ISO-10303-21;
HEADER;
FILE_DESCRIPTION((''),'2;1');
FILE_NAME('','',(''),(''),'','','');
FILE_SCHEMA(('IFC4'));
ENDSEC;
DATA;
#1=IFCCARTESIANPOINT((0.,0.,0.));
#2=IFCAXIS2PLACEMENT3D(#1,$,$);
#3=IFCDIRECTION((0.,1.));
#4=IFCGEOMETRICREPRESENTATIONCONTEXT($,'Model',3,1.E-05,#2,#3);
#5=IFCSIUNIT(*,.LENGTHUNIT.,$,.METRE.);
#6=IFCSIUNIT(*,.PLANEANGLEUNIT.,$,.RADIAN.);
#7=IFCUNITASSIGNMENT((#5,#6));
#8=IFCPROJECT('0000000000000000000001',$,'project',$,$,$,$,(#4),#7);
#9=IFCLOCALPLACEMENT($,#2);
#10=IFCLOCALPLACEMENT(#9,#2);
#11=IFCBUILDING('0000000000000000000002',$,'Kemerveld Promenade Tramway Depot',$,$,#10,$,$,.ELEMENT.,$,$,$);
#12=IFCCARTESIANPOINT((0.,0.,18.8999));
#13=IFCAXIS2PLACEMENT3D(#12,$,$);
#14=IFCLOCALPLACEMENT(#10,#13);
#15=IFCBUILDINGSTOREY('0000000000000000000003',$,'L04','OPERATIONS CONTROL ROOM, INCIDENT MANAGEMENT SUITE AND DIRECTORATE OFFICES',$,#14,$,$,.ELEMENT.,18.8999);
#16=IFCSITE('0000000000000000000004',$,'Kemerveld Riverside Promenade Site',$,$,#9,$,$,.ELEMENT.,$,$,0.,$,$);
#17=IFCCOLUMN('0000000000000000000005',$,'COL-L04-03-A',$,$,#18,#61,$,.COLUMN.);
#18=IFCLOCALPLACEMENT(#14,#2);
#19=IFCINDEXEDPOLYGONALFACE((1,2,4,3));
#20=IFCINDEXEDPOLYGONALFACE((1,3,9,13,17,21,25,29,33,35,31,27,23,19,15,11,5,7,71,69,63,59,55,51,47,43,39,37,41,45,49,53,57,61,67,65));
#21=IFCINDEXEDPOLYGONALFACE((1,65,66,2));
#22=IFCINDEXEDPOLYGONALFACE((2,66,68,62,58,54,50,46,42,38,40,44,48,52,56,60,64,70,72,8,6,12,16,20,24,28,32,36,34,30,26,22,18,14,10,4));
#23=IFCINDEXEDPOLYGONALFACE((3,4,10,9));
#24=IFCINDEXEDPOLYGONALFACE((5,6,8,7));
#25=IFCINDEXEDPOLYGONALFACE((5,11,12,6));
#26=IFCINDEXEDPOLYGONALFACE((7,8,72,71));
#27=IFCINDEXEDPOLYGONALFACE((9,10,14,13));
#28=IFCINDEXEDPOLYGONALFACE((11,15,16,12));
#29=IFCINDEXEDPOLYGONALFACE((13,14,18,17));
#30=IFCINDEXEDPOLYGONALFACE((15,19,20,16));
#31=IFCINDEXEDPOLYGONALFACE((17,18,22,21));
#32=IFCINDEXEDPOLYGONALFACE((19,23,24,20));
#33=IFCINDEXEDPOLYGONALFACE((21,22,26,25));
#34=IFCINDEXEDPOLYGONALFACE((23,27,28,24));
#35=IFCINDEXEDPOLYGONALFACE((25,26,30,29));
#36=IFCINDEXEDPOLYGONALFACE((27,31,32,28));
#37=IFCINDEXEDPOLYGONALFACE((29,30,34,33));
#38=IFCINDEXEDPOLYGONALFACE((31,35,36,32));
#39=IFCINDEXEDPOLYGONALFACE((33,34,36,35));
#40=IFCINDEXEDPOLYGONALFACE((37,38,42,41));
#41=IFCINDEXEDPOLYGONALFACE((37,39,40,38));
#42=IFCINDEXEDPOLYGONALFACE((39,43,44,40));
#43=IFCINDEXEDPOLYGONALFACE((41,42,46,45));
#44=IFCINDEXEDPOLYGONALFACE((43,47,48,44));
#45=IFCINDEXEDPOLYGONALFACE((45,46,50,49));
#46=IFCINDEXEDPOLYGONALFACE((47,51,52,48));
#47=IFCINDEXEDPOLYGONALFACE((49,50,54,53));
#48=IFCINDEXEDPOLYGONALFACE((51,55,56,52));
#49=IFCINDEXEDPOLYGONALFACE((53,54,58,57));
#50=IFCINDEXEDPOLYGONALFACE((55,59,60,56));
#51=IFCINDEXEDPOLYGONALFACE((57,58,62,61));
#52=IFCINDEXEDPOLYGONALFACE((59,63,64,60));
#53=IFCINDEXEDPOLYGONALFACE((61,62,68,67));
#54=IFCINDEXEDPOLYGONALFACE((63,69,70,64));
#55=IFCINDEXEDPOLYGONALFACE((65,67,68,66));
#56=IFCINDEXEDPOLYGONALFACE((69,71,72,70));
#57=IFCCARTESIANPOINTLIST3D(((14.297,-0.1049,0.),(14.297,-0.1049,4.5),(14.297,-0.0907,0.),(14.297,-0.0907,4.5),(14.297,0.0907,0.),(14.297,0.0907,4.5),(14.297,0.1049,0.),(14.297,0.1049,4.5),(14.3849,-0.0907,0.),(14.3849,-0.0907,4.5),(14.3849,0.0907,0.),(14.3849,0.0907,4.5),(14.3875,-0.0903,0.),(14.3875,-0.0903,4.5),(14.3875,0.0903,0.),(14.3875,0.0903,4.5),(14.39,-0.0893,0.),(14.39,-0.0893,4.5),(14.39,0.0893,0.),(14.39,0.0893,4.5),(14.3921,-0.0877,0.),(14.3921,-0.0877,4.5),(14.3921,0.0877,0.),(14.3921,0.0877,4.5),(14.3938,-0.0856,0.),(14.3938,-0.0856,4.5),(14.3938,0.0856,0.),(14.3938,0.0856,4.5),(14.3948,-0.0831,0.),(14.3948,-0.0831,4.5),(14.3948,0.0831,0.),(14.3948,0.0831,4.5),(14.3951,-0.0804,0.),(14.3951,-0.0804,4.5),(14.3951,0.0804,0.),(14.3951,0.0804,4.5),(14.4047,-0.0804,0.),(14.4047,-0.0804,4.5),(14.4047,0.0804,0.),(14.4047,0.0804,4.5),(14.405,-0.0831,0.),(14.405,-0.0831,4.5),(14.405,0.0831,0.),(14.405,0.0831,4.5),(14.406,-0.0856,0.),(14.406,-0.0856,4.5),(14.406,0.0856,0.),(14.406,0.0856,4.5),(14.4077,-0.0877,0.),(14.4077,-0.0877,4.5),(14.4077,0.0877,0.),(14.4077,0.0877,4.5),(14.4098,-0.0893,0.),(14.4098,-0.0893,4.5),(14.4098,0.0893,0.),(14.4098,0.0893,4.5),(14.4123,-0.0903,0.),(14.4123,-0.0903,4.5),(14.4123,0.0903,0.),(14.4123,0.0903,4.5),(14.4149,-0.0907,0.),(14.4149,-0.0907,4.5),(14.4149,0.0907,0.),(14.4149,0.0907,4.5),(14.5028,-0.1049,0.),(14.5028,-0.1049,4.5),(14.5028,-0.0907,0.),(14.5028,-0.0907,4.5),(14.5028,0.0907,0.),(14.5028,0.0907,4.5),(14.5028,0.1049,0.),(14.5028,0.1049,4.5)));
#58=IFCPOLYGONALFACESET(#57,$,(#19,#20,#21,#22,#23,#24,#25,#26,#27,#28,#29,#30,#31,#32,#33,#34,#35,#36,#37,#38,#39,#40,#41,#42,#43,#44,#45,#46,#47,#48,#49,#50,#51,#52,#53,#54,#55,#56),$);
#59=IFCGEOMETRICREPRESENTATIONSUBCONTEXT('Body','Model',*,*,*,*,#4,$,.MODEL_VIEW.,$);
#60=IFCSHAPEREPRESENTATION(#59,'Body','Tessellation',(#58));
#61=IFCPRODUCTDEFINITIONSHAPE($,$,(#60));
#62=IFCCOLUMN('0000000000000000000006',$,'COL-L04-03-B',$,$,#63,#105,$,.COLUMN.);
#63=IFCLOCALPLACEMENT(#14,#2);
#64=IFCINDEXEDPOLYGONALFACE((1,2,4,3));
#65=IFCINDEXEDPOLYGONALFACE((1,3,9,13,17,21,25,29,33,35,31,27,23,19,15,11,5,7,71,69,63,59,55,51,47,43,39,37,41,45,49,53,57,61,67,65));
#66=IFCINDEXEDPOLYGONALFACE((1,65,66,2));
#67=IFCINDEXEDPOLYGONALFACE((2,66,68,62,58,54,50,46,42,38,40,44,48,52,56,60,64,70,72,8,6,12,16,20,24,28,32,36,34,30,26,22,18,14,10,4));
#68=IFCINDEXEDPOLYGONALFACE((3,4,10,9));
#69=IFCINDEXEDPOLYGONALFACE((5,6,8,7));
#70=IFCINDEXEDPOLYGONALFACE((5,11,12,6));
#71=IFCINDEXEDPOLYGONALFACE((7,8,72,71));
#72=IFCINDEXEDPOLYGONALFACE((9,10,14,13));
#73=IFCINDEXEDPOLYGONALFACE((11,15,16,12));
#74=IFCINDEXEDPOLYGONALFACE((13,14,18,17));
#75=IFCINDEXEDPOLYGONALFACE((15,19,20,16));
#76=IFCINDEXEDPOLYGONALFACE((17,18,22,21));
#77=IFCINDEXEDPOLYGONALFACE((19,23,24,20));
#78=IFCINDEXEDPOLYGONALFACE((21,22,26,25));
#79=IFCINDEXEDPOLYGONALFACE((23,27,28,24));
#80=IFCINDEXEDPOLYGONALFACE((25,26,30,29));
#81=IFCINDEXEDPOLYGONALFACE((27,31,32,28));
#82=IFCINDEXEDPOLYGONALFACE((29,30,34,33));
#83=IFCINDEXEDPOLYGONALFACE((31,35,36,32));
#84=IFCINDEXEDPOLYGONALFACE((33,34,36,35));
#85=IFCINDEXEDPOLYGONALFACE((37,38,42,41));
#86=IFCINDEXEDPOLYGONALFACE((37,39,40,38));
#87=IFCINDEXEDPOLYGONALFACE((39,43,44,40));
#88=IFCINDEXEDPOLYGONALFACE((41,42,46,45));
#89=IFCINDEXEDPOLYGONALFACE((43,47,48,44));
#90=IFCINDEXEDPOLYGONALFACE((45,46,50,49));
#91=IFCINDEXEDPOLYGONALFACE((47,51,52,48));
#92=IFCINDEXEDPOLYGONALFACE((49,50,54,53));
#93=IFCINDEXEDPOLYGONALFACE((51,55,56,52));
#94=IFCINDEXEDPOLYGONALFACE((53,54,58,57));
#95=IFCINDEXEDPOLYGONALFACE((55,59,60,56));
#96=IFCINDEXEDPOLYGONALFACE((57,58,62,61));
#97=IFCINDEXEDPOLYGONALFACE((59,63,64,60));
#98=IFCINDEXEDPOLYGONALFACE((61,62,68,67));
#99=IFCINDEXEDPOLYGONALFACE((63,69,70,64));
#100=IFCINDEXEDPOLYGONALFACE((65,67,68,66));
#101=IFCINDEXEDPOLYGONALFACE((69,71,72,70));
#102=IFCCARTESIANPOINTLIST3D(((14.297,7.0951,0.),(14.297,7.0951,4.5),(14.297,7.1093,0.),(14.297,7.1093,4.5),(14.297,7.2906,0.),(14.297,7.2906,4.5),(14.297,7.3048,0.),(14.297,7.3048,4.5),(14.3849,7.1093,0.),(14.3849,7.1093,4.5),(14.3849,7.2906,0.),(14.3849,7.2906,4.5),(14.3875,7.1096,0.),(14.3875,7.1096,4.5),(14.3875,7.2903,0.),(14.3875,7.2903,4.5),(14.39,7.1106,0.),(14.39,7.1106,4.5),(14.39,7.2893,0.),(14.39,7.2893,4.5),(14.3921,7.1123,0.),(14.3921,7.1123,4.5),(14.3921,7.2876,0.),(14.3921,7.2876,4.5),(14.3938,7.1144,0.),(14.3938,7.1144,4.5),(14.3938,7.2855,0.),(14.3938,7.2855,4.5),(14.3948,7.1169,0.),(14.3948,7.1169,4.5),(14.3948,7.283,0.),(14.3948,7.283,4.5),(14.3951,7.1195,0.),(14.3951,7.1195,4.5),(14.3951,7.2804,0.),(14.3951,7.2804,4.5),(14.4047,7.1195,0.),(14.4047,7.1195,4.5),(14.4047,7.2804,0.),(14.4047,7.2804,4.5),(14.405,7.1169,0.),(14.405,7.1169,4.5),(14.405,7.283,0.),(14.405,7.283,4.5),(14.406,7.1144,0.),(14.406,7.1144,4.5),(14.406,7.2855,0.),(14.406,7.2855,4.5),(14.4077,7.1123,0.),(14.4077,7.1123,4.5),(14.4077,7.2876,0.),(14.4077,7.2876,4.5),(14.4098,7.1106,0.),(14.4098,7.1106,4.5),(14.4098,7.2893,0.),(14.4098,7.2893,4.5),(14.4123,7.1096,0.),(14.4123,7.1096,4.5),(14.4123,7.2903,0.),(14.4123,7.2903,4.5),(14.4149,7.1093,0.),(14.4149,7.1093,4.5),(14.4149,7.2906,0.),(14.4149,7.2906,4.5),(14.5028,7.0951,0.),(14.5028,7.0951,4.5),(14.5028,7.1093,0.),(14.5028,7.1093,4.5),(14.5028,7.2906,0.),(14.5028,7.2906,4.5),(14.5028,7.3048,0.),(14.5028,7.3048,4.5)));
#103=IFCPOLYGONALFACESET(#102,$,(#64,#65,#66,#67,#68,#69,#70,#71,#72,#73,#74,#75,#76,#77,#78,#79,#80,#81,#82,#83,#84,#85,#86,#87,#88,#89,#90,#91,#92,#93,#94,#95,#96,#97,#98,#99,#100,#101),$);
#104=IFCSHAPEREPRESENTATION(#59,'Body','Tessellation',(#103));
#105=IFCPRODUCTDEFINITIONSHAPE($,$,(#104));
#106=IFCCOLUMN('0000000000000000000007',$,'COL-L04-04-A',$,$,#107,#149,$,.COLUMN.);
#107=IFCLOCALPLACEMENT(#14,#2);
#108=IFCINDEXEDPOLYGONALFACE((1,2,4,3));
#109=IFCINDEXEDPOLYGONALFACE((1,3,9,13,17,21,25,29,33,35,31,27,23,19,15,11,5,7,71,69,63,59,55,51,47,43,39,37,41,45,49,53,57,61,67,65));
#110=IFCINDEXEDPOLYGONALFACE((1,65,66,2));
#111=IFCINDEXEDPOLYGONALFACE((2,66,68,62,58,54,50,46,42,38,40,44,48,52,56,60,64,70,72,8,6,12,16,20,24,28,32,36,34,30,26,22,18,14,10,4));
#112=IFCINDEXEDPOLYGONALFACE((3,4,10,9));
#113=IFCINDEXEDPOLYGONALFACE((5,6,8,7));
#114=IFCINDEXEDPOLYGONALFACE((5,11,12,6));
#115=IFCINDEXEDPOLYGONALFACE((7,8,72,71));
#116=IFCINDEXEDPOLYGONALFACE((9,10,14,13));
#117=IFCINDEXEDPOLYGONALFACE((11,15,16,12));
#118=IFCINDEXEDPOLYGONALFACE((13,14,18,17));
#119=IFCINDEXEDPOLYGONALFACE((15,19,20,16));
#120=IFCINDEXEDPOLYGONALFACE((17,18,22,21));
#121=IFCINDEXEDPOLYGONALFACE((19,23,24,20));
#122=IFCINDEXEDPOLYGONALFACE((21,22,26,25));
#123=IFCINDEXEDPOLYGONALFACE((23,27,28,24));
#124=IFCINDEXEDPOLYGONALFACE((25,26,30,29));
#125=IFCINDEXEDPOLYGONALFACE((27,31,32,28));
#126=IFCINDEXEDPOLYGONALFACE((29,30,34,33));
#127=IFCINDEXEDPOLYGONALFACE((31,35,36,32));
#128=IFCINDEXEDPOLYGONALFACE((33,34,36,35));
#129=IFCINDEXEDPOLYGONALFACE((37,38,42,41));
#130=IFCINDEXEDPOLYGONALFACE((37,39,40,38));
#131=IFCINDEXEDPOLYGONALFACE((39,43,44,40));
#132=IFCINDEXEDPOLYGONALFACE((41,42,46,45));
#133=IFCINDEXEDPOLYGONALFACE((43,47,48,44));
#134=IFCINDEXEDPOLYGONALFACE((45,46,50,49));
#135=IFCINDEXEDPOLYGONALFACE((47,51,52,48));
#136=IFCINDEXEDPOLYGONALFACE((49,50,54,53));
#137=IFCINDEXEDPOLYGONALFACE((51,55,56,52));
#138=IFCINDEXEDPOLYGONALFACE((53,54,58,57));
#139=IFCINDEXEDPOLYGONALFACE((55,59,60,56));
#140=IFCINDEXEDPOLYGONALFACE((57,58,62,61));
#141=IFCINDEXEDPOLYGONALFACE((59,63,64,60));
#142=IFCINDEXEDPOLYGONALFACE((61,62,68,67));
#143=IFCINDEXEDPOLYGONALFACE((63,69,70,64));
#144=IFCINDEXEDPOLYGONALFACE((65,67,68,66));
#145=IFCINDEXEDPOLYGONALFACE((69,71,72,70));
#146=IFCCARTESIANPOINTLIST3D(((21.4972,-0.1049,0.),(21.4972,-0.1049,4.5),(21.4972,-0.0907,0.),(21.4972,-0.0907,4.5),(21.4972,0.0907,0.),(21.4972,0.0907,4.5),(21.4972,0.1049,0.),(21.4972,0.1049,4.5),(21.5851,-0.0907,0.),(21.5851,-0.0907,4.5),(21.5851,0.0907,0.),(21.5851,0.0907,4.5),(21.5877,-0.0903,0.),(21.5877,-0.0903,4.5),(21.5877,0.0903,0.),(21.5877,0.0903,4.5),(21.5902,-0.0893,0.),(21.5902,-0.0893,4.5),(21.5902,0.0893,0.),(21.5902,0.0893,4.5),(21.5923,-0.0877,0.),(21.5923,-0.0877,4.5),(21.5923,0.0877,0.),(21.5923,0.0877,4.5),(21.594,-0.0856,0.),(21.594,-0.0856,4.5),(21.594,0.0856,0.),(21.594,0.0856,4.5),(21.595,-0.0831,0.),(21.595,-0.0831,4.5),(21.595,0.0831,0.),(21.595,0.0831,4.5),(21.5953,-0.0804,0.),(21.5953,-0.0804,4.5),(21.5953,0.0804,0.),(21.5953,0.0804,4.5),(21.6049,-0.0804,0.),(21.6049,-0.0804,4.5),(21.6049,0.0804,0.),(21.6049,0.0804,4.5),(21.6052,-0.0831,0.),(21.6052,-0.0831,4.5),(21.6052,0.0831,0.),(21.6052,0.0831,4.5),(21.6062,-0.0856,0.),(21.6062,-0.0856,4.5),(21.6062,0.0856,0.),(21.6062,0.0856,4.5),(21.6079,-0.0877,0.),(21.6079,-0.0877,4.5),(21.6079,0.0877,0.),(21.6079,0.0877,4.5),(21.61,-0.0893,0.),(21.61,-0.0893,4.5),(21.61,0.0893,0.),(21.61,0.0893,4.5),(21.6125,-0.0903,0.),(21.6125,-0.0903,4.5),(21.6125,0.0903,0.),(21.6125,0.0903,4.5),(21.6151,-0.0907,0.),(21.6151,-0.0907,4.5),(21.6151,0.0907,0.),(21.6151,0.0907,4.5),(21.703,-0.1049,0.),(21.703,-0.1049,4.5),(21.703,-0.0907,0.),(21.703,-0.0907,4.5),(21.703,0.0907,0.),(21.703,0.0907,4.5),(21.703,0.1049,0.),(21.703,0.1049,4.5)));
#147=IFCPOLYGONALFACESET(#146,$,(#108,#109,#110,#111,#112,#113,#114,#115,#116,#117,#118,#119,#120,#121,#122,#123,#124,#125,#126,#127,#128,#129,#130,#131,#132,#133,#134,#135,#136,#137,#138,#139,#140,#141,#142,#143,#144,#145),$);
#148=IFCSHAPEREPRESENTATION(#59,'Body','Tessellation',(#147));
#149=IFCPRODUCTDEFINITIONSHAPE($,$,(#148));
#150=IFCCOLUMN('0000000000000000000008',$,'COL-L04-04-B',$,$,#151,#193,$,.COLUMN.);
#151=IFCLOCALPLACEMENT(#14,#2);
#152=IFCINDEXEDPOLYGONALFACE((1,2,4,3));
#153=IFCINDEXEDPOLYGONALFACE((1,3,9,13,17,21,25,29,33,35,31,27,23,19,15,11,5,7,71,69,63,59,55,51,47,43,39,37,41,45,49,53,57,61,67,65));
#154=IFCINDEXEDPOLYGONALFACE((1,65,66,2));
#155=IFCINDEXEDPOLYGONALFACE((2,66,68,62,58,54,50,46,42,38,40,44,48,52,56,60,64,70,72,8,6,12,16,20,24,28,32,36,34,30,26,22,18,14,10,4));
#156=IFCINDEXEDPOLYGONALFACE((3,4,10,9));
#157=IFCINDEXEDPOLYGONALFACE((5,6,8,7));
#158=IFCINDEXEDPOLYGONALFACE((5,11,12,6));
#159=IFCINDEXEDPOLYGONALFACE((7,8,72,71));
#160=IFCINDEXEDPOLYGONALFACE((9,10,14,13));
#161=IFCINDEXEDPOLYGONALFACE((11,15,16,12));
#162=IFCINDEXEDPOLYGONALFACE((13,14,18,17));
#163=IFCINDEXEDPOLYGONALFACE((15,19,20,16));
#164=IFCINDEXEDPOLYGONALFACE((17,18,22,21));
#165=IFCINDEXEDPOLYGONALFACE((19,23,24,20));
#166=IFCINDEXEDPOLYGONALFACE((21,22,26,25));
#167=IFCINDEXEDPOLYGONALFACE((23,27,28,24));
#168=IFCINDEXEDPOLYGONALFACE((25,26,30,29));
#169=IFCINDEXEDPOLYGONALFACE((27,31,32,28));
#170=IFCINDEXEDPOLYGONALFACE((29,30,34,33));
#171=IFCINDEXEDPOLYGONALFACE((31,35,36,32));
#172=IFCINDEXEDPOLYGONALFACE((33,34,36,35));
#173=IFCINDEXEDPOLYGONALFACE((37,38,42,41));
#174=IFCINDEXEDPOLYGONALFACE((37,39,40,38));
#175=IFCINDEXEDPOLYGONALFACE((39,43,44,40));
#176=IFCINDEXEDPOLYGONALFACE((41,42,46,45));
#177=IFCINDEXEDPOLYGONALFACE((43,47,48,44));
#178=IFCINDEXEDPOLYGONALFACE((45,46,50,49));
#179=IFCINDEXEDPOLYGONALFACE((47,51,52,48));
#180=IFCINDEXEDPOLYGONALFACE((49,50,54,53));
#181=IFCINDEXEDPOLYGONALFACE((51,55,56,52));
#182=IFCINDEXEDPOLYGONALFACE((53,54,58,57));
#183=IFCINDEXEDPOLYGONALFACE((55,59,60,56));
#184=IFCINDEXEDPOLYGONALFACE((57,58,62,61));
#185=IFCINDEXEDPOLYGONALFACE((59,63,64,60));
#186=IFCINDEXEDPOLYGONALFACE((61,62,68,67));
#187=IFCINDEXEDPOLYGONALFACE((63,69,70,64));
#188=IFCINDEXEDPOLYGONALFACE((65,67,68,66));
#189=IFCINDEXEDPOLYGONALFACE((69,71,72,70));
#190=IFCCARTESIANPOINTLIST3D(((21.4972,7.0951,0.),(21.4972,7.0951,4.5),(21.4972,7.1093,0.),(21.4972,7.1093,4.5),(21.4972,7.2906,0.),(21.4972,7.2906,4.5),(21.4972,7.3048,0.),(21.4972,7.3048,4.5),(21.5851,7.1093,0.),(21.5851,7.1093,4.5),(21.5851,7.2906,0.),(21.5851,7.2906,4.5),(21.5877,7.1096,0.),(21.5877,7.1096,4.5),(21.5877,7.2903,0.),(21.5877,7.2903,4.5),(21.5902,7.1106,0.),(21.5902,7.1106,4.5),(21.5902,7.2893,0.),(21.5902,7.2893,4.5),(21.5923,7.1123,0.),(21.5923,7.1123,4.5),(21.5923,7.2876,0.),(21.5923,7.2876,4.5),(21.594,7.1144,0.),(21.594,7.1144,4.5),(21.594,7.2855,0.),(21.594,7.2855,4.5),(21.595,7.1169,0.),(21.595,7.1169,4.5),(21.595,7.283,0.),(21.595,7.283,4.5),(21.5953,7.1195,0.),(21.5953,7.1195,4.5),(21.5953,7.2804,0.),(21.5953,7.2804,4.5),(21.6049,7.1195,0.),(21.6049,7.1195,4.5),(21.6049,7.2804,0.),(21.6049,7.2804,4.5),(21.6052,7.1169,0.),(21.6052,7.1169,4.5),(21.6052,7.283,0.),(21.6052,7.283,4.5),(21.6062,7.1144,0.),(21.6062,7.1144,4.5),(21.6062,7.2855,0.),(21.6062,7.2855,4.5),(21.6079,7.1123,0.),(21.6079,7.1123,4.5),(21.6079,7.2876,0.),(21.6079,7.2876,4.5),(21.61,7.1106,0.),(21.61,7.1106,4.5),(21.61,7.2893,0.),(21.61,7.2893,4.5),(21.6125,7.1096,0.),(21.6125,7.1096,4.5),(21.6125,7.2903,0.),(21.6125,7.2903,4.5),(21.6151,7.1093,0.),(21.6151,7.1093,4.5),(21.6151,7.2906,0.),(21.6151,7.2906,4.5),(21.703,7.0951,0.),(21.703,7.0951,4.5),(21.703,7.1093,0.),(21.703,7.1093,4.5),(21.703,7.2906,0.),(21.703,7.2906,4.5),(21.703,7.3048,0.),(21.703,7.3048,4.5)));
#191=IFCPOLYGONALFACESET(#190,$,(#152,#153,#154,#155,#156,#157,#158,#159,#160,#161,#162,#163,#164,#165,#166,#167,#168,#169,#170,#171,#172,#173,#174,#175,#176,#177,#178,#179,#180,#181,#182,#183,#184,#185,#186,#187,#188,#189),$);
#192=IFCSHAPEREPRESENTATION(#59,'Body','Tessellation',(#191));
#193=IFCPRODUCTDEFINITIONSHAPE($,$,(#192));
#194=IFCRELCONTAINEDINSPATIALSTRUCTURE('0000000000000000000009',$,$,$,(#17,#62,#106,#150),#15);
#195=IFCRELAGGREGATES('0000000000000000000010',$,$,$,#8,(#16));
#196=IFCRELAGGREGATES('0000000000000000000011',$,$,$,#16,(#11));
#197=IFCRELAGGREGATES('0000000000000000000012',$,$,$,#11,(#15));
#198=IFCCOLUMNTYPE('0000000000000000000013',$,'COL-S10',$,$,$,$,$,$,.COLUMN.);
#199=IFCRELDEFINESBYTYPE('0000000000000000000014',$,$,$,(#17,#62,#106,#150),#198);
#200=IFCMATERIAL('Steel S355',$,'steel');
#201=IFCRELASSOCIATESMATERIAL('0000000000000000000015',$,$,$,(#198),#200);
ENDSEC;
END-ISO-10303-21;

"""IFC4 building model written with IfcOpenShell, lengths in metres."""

from ifc_helpers import new_model, si_unit, direction, frame, origin, origin_2d, place, context, subcontext, project, spatial, i_section, extrude, material, material_profile, profile_set, type_object, element, save


model = new_model("IFC4")

# Units and contexts
model_context = context("Model", 3, precision=1e-05, world=origin(), true_north=direction((0.0, 1.0)))
body_context = subcontext(model_context, "Body", "Model", "MODEL_VIEW")
ifc_project = project(units=[si_unit("LENGTHUNIT", "METRE"), si_unit("PLANEANGLEUNIT", "RADIAN")], contexts=[model_context])

# Site, building, storey
site_placement = place(None, origin())
site = spatial("IfcSite", under=ifc_project, at=site_placement, Name="Kemerveld Riverside Promenade Site", CompositionType="ELEMENT", RefElevation=0.0)
building_placement = place(site_placement, origin())
building = spatial("IfcBuilding", under=site, at=building_placement, Name="Kemerveld Promenade Tramway Depot", CompositionType="ELEMENT")
storey_placement = place(building_placement, frame((0.0, 0.0, 18.8999)))
storey = spatial("IfcBuildingStorey", under=building, at=storey_placement, Name="L04", Description="OPERATIONS CONTROL ROOM, INCIDENT MANAGEMENT SUITE AND DIRECTORATE OFFICES", CompositionType="ELEMENT", Elevation=18.8999)

# Columns
ifc_material_1 = material(Name="Steel S355", Category="steel")
ifc_material_profile_1 = material_profile(ifc_material_1, i_section(OverallWidth=0.2058, OverallDepth=0.2097, WebThickness=0.0095, FlangeThickness=0.0142, FilletRadius=0.0103, at=origin_2d()), Name="203x203x60 UC")
ifc_profile_set_1 = profile_set([ifc_material_profile_1], Name="Steel S355")
column_type = type_object("IfcColumnType", Name="COL-S10", PredefinedType="COLUMN", material=ifc_profile_set_1)
for number, where, z_axis, x_axis, name in (
    (1, (14.3999, 0.0, 0.0), (0.0, 0.0, 1.0), (1.0, 0.0, 0.0), "COL-L04-03-A"),
    (2, (14.3999, 7.2, 0.0), (0.0, 0.0, 1.0), (1.0, 0.0, 0.0), "COL-L04-03-B"),
    (3, (21.6001, 0.0, 0.0), (0.0, 0.0, 1.0), (1.0, 0.0, 0.0), "COL-L04-04-A"),
    (4, (21.6001, 7.2, 0.0), (0.0, 0.0, 1.0), (1.0, 0.0, 0.0), "COL-L04-04-B"),
):
    element("IfcColumn", number, at=place(storey_placement, frame(where, z_axis=z_axis, x_axis=x_axis)), inside=storey, type_object=column_type, Name=name, PredefinedType="COLUMN", context=body_context, shape_type="SweptSolid", body=[
        extrude(i_section(OverallWidth=0.2058, OverallDepth=0.2097, WebThickness=0.0095, FlangeThickness=0.0142, FilletRadius=0.0103, at=origin_2d()), origin(), (0.0, 0.0, 1.0), 4.5),
    ])

save(model, "model.ifc")
